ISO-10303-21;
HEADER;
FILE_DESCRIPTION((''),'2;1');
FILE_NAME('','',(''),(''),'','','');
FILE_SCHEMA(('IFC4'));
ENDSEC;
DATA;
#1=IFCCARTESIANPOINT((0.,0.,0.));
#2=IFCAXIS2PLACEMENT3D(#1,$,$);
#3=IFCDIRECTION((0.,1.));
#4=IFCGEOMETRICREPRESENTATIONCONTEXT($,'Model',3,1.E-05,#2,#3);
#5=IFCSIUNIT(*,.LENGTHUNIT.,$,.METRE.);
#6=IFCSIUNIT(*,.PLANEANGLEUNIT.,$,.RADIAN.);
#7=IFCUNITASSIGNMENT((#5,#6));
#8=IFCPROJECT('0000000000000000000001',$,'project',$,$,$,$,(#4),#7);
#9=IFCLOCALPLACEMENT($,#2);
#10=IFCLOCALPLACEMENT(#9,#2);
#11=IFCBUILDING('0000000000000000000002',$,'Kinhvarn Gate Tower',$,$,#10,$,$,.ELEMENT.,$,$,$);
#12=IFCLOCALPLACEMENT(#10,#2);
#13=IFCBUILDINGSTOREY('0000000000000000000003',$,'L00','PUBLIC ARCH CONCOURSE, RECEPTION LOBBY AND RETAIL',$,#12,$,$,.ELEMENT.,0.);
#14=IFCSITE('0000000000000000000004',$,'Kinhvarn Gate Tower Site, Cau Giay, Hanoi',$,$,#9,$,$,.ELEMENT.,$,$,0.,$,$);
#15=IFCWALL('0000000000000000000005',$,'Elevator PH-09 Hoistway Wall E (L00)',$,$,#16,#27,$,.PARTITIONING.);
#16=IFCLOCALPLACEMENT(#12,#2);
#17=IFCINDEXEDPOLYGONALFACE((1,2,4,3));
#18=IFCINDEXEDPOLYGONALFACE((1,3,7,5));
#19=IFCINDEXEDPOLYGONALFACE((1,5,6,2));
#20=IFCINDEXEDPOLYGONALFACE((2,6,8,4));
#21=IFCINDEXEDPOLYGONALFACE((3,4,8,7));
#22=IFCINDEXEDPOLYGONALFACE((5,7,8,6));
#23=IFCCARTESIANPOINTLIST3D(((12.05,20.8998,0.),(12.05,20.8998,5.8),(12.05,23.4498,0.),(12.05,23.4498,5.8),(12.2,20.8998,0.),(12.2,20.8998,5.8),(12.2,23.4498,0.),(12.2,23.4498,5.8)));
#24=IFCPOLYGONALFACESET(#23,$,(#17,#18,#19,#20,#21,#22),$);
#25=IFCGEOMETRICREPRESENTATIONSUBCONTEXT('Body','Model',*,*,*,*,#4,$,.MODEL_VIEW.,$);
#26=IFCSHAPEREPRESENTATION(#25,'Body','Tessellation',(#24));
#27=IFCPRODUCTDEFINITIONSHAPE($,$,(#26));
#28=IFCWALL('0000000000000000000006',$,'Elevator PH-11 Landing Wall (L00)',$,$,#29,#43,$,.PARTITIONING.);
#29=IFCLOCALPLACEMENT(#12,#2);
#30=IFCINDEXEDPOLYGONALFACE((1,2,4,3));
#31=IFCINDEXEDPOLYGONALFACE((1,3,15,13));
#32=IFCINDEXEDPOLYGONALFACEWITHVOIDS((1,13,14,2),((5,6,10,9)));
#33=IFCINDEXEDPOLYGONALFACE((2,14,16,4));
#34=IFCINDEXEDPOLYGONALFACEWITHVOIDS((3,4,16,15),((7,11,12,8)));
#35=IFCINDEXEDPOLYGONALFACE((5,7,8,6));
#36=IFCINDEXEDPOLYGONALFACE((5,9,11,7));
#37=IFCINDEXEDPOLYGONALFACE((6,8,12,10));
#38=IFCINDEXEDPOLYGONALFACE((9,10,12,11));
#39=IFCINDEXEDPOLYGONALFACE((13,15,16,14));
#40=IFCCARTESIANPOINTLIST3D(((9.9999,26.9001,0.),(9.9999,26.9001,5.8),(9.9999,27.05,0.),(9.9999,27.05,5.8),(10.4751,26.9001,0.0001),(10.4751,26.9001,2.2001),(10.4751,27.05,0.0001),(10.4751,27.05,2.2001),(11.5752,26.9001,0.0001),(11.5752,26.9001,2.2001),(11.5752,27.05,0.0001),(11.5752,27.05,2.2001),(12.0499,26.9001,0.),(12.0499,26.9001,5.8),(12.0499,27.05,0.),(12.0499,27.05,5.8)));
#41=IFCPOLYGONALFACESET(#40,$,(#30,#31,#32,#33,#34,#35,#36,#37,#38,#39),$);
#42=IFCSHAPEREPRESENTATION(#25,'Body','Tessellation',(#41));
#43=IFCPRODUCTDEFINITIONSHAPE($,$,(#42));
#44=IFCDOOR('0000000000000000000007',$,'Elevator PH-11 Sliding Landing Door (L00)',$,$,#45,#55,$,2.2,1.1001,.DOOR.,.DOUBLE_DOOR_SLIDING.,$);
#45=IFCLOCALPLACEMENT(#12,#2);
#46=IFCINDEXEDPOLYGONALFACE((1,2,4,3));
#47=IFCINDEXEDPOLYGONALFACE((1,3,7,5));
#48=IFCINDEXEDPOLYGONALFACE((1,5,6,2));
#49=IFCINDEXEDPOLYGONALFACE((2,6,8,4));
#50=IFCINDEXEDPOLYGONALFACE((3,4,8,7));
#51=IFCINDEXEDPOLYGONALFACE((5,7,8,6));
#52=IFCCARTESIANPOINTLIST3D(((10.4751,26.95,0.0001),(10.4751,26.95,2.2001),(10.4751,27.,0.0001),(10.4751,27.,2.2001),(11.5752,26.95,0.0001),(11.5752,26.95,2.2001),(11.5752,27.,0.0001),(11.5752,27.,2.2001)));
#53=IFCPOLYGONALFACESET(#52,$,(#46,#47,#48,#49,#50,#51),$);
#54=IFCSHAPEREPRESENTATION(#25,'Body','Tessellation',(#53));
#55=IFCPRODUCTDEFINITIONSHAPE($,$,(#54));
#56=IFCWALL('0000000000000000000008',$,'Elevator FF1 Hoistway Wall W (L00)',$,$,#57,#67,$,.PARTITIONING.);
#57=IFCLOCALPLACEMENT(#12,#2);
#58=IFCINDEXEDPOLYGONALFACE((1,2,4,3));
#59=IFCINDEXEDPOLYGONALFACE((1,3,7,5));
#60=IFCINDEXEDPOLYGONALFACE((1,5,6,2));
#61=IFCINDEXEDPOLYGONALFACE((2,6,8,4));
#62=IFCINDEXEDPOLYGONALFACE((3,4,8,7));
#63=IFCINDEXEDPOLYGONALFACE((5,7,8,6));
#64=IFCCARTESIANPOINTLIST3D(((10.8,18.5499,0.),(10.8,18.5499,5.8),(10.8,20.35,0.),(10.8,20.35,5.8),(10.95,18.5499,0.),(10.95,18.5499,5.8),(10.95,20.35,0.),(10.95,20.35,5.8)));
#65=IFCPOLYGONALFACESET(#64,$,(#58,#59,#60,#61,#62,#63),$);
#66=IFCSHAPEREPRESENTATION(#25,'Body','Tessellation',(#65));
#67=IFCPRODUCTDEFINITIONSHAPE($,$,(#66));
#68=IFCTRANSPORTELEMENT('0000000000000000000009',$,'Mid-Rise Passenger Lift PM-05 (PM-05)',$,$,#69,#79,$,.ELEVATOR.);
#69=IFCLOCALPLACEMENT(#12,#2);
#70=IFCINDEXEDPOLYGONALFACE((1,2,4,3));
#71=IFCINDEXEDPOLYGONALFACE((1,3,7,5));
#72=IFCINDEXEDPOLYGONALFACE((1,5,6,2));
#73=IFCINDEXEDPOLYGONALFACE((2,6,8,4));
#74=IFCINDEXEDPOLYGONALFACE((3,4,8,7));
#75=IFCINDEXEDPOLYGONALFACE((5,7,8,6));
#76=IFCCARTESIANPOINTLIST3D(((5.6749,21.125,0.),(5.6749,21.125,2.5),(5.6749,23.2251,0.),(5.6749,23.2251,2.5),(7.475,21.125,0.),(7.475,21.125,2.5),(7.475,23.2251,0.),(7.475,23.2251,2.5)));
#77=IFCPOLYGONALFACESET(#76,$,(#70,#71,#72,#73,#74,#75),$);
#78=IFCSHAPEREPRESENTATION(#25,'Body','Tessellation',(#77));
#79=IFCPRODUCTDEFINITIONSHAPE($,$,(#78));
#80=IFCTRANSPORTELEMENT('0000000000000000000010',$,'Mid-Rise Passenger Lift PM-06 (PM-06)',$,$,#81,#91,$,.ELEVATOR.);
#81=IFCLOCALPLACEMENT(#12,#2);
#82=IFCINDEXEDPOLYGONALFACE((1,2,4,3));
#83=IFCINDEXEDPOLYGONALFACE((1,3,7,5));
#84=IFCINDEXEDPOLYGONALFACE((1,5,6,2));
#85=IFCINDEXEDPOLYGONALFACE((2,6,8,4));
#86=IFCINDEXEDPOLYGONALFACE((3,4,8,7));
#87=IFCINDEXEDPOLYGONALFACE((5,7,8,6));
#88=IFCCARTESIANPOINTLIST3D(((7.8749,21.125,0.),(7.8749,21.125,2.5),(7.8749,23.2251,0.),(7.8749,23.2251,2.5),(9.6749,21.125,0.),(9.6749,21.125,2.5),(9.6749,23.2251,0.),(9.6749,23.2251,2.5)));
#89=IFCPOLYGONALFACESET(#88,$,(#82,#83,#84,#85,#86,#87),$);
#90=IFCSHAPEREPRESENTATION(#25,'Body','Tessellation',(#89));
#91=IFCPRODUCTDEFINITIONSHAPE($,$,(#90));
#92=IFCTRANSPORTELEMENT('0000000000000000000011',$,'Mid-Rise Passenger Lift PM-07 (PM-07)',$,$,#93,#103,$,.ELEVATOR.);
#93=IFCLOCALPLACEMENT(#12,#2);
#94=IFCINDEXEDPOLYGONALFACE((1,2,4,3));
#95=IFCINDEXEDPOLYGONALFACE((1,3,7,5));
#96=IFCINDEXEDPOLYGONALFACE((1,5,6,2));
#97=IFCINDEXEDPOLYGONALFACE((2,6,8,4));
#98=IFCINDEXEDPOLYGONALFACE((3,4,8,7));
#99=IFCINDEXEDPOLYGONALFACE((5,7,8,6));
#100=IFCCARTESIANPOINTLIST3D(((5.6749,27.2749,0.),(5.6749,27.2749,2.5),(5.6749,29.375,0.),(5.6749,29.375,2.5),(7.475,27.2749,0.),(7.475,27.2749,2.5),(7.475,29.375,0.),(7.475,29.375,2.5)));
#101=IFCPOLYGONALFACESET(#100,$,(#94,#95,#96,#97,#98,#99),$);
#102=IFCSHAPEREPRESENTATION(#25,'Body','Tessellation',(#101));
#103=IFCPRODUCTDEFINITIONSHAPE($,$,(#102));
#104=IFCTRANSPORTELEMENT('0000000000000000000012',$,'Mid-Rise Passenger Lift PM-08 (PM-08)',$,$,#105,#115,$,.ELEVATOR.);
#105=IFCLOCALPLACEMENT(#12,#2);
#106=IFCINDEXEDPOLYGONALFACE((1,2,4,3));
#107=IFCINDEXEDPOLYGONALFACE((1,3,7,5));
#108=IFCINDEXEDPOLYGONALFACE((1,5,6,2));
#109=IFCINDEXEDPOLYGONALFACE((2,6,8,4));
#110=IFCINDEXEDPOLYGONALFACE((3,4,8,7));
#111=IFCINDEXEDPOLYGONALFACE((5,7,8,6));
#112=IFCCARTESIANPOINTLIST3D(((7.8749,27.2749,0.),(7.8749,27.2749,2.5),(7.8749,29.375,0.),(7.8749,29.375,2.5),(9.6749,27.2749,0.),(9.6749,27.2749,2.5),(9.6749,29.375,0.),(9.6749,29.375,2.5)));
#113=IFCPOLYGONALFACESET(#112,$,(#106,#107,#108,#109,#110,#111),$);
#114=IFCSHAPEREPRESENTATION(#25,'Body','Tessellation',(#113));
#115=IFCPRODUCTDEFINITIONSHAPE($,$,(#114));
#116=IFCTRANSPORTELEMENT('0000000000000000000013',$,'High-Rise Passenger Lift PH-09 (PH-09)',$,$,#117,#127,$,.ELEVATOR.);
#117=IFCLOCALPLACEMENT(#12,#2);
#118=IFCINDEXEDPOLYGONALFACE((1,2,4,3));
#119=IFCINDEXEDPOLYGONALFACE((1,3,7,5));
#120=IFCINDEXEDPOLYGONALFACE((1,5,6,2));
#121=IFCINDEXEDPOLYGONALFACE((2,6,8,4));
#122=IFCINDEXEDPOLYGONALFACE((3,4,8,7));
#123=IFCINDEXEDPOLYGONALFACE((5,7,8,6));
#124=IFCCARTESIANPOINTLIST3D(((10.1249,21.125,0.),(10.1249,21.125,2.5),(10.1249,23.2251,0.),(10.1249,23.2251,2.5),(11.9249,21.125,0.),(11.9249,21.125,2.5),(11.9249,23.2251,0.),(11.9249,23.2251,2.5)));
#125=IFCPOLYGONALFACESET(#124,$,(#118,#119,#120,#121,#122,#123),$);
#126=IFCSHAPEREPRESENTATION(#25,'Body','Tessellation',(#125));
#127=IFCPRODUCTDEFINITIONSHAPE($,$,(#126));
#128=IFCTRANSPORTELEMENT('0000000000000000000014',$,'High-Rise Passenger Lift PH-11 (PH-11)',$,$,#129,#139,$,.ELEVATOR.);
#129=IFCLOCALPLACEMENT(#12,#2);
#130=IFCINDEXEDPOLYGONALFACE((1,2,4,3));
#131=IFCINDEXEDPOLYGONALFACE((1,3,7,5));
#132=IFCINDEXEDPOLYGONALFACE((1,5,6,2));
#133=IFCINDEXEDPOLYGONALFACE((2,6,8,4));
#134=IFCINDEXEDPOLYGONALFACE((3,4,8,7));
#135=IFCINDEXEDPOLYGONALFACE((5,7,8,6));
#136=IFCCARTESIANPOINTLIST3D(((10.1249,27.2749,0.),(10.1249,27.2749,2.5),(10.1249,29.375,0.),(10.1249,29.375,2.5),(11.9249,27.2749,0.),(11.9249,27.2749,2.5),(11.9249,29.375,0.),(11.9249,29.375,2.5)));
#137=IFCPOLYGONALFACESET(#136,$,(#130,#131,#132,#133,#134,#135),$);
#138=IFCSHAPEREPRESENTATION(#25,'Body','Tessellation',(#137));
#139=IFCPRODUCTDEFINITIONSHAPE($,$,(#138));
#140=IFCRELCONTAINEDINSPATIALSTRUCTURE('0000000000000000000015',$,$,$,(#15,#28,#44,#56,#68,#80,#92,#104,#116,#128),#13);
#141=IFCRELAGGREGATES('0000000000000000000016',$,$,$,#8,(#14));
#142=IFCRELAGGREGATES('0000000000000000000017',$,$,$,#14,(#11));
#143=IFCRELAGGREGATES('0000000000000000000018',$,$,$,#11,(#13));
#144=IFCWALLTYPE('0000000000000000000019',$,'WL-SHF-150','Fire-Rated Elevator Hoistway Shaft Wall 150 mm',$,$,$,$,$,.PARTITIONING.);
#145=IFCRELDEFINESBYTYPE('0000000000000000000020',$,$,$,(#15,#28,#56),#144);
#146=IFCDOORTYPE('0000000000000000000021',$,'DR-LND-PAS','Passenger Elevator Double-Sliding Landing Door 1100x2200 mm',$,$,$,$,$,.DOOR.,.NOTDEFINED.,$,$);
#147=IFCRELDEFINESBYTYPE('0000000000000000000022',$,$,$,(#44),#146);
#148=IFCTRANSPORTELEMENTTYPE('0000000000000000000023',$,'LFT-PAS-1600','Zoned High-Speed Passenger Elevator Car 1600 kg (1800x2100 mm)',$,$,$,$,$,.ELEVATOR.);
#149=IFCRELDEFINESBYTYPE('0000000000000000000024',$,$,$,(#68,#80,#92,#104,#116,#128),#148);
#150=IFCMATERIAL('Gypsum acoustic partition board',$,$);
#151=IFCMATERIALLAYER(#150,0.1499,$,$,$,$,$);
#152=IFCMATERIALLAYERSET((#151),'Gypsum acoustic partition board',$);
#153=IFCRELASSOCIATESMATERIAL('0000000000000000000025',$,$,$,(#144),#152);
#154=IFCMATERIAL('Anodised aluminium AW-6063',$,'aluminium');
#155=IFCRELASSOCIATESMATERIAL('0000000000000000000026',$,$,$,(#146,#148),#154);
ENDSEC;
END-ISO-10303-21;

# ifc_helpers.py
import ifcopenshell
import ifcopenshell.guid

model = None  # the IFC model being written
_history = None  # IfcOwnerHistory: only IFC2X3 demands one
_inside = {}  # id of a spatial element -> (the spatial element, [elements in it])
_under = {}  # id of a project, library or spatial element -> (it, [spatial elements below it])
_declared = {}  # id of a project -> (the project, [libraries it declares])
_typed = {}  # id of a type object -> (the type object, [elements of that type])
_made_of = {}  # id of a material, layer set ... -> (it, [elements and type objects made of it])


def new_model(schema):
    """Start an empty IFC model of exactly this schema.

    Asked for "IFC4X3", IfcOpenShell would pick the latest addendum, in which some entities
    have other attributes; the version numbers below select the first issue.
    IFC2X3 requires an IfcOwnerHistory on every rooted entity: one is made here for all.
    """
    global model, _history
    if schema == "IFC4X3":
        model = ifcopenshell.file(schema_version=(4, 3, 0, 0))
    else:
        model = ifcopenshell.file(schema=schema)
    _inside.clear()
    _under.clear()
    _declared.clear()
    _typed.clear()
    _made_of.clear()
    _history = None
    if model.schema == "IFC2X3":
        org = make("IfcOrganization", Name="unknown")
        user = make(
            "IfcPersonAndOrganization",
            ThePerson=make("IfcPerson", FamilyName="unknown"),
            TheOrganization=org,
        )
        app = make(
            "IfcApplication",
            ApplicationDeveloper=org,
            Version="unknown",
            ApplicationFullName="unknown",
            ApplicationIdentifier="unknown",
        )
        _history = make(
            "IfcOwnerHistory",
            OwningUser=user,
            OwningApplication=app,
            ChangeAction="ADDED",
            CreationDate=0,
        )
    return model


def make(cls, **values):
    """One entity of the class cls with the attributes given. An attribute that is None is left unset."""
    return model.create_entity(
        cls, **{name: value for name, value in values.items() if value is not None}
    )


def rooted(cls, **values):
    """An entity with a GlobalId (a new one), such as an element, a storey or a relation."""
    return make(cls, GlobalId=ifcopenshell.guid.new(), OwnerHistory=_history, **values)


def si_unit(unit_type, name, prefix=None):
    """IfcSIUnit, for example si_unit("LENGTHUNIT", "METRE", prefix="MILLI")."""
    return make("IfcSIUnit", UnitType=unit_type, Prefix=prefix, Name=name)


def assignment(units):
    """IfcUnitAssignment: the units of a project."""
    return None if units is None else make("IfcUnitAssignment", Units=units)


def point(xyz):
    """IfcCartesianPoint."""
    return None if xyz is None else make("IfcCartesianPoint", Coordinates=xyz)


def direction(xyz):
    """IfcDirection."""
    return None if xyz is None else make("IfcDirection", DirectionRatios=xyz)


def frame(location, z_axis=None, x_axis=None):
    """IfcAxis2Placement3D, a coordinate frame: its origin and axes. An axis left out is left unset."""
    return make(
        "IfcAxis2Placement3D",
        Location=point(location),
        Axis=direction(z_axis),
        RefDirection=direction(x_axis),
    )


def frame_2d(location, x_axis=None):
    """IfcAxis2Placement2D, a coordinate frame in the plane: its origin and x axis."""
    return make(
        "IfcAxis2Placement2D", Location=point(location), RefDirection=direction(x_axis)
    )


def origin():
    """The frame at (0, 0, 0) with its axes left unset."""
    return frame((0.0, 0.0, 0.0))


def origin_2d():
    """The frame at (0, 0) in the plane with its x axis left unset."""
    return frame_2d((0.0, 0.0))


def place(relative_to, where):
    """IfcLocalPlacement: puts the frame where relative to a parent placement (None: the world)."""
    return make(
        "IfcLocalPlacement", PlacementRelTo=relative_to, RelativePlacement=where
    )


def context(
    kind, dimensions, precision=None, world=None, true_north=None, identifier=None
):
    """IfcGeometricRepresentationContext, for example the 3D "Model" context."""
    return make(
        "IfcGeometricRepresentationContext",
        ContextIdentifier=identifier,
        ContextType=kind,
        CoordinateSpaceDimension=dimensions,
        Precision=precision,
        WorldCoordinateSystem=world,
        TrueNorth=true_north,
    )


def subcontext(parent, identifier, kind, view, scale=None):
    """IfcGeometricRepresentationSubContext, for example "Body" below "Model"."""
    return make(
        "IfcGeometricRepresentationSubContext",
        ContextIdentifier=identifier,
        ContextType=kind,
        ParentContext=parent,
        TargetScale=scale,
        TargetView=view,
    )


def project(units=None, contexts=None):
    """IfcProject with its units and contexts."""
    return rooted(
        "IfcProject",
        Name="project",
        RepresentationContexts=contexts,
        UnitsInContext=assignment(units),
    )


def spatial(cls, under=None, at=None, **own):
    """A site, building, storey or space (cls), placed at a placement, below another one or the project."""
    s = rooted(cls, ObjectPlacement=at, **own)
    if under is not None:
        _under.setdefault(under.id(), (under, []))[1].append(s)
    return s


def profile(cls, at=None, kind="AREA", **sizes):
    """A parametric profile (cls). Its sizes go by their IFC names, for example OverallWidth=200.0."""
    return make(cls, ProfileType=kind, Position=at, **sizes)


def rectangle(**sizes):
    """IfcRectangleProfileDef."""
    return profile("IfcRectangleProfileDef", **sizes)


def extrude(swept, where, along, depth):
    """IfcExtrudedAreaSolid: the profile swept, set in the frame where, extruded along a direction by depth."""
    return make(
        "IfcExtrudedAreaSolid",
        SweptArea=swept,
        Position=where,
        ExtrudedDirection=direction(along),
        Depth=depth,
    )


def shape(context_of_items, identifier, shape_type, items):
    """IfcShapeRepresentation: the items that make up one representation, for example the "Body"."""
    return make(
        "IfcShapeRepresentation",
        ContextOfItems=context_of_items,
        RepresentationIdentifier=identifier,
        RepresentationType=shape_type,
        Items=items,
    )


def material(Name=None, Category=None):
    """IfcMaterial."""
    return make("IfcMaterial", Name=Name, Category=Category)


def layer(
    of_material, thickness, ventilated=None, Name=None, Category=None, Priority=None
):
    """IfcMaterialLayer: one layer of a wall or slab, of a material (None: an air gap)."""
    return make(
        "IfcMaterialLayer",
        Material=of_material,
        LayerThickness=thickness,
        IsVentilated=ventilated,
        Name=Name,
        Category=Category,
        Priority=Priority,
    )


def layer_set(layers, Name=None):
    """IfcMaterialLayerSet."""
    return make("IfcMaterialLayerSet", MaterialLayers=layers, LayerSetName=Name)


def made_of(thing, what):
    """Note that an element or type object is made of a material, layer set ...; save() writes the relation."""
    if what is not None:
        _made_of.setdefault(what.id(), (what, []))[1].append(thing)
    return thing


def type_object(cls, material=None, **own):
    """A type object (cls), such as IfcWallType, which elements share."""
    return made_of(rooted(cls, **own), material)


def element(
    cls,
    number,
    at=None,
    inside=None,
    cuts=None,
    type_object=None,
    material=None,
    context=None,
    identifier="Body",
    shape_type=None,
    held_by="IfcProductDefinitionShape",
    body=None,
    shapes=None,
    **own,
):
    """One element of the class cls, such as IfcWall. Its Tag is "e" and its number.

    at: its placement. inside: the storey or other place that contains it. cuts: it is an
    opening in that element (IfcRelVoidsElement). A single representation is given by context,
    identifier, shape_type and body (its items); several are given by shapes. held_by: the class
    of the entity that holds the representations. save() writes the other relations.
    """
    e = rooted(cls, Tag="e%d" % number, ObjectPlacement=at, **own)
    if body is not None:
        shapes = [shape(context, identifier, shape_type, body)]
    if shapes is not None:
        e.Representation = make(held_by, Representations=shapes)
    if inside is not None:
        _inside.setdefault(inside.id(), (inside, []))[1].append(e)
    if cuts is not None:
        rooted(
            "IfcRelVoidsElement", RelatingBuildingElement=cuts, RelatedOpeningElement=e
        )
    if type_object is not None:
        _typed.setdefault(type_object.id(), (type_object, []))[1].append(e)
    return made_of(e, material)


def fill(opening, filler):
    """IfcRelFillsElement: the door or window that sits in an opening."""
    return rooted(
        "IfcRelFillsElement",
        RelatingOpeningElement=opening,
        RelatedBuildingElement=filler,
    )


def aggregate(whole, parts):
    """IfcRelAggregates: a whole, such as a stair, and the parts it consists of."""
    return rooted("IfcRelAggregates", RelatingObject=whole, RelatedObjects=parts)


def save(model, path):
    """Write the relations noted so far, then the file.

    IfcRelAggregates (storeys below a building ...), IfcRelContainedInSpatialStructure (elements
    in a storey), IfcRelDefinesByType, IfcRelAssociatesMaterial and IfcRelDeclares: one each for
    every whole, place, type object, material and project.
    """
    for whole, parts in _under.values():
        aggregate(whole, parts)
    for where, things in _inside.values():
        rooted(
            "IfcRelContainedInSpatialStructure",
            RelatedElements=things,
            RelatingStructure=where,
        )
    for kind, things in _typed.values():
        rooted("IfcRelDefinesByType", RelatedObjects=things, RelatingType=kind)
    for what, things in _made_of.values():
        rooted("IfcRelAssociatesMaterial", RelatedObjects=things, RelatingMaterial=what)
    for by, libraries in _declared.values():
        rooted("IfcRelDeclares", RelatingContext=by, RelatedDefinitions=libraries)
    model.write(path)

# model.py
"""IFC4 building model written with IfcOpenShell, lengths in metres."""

from ifc_helpers import new_model, si_unit, direction, frame, frame_2d, origin, origin_2d, place, context, subcontext, project, spatial, rectangle, extrude, material, layer, layer_set, type_object, element, fill, save


model = new_model("IFC4")

# Units and contexts
model_context = context("Model", 3, precision=1e-05, world=origin(), true_north=direction((0.0, 1.0)))
body_context = subcontext(model_context, "Body", "Model", "MODEL_VIEW")
ifc_project = project(units=[si_unit("LENGTHUNIT", "METRE"), si_unit("PLANEANGLEUNIT", "RADIAN")], contexts=[model_context])

# Site, building, storey
site_placement = place(None, origin())
site = spatial("IfcSite", under=ifc_project, at=site_placement, Name="Kinhvarn Gate Tower Site, Cau Giay, Hanoi", CompositionType="ELEMENT", RefElevation=0.0)
building_placement = place(site_placement, origin())
building = spatial("IfcBuilding", under=site, at=building_placement, Name="Kinhvarn Gate Tower", CompositionType="ELEMENT")
storey_placement = place(building_placement, origin())
storey = spatial("IfcBuildingStorey", under=building, at=storey_placement, Name="L00", Description="PUBLIC ARCH CONCOURSE, RECEPTION LOBBY AND RETAIL", CompositionType="ELEMENT", Elevation=0.0)

# Shared definitions
ifc_material_1 = material(Name="Gypsum acoustic partition board")

# Shared definitions
ifc_layer_1 = layer(ifc_material_1, 0.1499)
ifc_layer_set_1 = layer_set([ifc_layer_1], Name="Gypsum acoustic partition board")
wall_type_1 = type_object("IfcWallType", Name="WL-SHF-150", Description="Fire-Rated Elevator Hoistway Shaft Wall 150 mm", PredefinedType="PARTITIONING", material=ifc_layer_set_1)
ifc_material_2 = material(Name="Anodised aluminium AW-6063", Category="aluminium")
door_type_1 = type_object("IfcDoorType", Name="DR-LND-PAS", Description="Passenger Elevator Double-Sliding Landing Door 1100x2200 mm", OperationType="NOTDEFINED", PredefinedType="DOOR", material=ifc_material_2)

# Wall
wall_1_placement = place(storey_placement, frame((12.125, 20.8999, 0.0), z_axis=(0.0, 0.0, 1.0), x_axis=(0.0, 1.0, 0.0)))
element("IfcWall", 1, at=wall_1_placement, inside=storey, type_object=wall_type_1, Name="Elevator PH-09 Hoistway Wall E (L00)", PredefinedType="PARTITIONING", context=body_context, shape_type="SweptSolid", body=[
    extrude(rectangle(XDim=2.55, YDim=0.1499, at=frame_2d((1.2749, 0.0))), origin(), (0.0, 0.0, 1.0), 5.8),
])

# Wall, opening, door
wall_2_placement = place(storey_placement, frame((10.0, 26.9751, 0.0), z_axis=(0.0, 0.0, 1.0), x_axis=(1.0, 0.0, 0.0)))
wall_2 = element("IfcWall", 2, at=wall_2_placement, inside=storey, type_object=wall_type_1, Name="Elevator PH-11 Landing Wall (L00)", PredefinedType="PARTITIONING", context=body_context, shape_type="SweptSolid", body=[
    extrude(rectangle(XDim=2.05, YDim=0.1499, at=frame_2d((1.0249, 0.0))), origin(), (0.0, 0.0, 1.0), 5.8),
])
opening_1_placement = place(wall_2_placement, frame((0.4751, 0.0, 0.0)))
opening_1 = element("IfcOpeningElement", 3, at=opening_1_placement, cuts=wall_2, PredefinedType="OPENING", context=body_context, shape_type="SweptSolid", body=[
    extrude(rectangle(XDim=1.1001, YDim=2.2, at=frame_2d((0.55, 1.1001))), frame((0.0, 0.085, 0.0), z_axis=(0.0, -1.0, 0.0), x_axis=(1.0, 0.0, 0.0)), (0.0, 0.0, 1.0), 0.1699),
])
door_1_placement = place(opening_1_placement, origin())
door_1 = element("IfcDoor", 4, at=door_1_placement, inside=storey, type_object=door_type_1, Name="Elevator PH-11 Sliding Landing Door (L00)", OperationType="DOUBLE_DOOR_SLIDING", OverallHeight=2.2, OverallWidth=1.1001, PredefinedType="DOOR", context=body_context, shape_type="SweptSolid", body=[
    extrude(rectangle(XDim=1.1001, YDim=2.2, at=frame_2d((0.55, 1.1001))), frame((0.0, 0.0249, 0.0), z_axis=(0.0, -1.0, 0.0), x_axis=(1.0, 0.0, 0.0)), (0.0, 0.0, 1.0), 0.05),
])
fill(opening_1, door_1)

# Wall
wall_3_placement = place(storey_placement, frame((10.875, 18.55, 0.0), z_axis=(0.0, 0.0, 1.0), x_axis=(0.0, 1.0, 0.0)))
element("IfcWall", 5, at=wall_3_placement, inside=storey, type_object=wall_type_1, Name="Elevator FF1 Hoistway Wall W (L00)", PredefinedType="PARTITIONING", context=body_context, shape_type="SweptSolid", body=[
    extrude(rectangle(XDim=1.8, YDim=0.1499, at=frame_2d((0.8999, 0.0))), origin(), (0.0, 0.0, 1.0), 5.8),
])

# Transport elements
transport_element_type = type_object("IfcTransportElementType", Name="LFT-PAS-1600", Description="Zoned High-Speed Passenger Elevator Car 1600 kg (1800x2100 mm)", PredefinedType="ELEVATOR", material=ifc_material_2)
for number, where, z_axis, x_axis, name in (
    (6, (6.575, 22.175, 0.0), (0.0, 0.0, 1.0), (1.0, 0.0, 0.0), "Mid-Rise Passenger Lift PM-05 (PM-05)"),
    (7, (8.7749, 22.175, 0.0), (0.0, 0.0, 1.0), (1.0, 0.0, 0.0), "Mid-Rise Passenger Lift PM-06 (PM-06)"),
    (8, (6.575, 28.325, 0.0), (0.0, 0.0, 1.0), (1.0, 0.0, 0.0), "Mid-Rise Passenger Lift PM-07 (PM-07)"),
    (9, (8.7749, 28.325, 0.0), (0.0, 0.0, 1.0), (1.0, 0.0, 0.0), "Mid-Rise Passenger Lift PM-08 (PM-08)"),
    (10, (11.0249, 22.175, 0.0), (0.0, 0.0, 1.0), (1.0, 0.0, 0.0), "High-Rise Passenger Lift PH-09 (PH-09)"),
    (11, (11.0249, 28.325, 0.0), (0.0, 0.0, 1.0), (1.0, 0.0, 0.0), "High-Rise Passenger Lift PH-11 (PH-11)"),
):
    element("IfcTransportElement", number, at=place(storey_placement, frame(where, z_axis=z_axis, x_axis=x_axis)), inside=storey, type_object=transport_element_type, Name=name, PredefinedType="ELEVATOR", context=body_context, shape_type="SweptSolid", body=[
        extrude(rectangle(XDim=1.8, YDim=2.1001, at=origin_2d()), origin(), (0.0, 0.0, 1.0), 2.5),
    ])

save(model, "model.ifc")
